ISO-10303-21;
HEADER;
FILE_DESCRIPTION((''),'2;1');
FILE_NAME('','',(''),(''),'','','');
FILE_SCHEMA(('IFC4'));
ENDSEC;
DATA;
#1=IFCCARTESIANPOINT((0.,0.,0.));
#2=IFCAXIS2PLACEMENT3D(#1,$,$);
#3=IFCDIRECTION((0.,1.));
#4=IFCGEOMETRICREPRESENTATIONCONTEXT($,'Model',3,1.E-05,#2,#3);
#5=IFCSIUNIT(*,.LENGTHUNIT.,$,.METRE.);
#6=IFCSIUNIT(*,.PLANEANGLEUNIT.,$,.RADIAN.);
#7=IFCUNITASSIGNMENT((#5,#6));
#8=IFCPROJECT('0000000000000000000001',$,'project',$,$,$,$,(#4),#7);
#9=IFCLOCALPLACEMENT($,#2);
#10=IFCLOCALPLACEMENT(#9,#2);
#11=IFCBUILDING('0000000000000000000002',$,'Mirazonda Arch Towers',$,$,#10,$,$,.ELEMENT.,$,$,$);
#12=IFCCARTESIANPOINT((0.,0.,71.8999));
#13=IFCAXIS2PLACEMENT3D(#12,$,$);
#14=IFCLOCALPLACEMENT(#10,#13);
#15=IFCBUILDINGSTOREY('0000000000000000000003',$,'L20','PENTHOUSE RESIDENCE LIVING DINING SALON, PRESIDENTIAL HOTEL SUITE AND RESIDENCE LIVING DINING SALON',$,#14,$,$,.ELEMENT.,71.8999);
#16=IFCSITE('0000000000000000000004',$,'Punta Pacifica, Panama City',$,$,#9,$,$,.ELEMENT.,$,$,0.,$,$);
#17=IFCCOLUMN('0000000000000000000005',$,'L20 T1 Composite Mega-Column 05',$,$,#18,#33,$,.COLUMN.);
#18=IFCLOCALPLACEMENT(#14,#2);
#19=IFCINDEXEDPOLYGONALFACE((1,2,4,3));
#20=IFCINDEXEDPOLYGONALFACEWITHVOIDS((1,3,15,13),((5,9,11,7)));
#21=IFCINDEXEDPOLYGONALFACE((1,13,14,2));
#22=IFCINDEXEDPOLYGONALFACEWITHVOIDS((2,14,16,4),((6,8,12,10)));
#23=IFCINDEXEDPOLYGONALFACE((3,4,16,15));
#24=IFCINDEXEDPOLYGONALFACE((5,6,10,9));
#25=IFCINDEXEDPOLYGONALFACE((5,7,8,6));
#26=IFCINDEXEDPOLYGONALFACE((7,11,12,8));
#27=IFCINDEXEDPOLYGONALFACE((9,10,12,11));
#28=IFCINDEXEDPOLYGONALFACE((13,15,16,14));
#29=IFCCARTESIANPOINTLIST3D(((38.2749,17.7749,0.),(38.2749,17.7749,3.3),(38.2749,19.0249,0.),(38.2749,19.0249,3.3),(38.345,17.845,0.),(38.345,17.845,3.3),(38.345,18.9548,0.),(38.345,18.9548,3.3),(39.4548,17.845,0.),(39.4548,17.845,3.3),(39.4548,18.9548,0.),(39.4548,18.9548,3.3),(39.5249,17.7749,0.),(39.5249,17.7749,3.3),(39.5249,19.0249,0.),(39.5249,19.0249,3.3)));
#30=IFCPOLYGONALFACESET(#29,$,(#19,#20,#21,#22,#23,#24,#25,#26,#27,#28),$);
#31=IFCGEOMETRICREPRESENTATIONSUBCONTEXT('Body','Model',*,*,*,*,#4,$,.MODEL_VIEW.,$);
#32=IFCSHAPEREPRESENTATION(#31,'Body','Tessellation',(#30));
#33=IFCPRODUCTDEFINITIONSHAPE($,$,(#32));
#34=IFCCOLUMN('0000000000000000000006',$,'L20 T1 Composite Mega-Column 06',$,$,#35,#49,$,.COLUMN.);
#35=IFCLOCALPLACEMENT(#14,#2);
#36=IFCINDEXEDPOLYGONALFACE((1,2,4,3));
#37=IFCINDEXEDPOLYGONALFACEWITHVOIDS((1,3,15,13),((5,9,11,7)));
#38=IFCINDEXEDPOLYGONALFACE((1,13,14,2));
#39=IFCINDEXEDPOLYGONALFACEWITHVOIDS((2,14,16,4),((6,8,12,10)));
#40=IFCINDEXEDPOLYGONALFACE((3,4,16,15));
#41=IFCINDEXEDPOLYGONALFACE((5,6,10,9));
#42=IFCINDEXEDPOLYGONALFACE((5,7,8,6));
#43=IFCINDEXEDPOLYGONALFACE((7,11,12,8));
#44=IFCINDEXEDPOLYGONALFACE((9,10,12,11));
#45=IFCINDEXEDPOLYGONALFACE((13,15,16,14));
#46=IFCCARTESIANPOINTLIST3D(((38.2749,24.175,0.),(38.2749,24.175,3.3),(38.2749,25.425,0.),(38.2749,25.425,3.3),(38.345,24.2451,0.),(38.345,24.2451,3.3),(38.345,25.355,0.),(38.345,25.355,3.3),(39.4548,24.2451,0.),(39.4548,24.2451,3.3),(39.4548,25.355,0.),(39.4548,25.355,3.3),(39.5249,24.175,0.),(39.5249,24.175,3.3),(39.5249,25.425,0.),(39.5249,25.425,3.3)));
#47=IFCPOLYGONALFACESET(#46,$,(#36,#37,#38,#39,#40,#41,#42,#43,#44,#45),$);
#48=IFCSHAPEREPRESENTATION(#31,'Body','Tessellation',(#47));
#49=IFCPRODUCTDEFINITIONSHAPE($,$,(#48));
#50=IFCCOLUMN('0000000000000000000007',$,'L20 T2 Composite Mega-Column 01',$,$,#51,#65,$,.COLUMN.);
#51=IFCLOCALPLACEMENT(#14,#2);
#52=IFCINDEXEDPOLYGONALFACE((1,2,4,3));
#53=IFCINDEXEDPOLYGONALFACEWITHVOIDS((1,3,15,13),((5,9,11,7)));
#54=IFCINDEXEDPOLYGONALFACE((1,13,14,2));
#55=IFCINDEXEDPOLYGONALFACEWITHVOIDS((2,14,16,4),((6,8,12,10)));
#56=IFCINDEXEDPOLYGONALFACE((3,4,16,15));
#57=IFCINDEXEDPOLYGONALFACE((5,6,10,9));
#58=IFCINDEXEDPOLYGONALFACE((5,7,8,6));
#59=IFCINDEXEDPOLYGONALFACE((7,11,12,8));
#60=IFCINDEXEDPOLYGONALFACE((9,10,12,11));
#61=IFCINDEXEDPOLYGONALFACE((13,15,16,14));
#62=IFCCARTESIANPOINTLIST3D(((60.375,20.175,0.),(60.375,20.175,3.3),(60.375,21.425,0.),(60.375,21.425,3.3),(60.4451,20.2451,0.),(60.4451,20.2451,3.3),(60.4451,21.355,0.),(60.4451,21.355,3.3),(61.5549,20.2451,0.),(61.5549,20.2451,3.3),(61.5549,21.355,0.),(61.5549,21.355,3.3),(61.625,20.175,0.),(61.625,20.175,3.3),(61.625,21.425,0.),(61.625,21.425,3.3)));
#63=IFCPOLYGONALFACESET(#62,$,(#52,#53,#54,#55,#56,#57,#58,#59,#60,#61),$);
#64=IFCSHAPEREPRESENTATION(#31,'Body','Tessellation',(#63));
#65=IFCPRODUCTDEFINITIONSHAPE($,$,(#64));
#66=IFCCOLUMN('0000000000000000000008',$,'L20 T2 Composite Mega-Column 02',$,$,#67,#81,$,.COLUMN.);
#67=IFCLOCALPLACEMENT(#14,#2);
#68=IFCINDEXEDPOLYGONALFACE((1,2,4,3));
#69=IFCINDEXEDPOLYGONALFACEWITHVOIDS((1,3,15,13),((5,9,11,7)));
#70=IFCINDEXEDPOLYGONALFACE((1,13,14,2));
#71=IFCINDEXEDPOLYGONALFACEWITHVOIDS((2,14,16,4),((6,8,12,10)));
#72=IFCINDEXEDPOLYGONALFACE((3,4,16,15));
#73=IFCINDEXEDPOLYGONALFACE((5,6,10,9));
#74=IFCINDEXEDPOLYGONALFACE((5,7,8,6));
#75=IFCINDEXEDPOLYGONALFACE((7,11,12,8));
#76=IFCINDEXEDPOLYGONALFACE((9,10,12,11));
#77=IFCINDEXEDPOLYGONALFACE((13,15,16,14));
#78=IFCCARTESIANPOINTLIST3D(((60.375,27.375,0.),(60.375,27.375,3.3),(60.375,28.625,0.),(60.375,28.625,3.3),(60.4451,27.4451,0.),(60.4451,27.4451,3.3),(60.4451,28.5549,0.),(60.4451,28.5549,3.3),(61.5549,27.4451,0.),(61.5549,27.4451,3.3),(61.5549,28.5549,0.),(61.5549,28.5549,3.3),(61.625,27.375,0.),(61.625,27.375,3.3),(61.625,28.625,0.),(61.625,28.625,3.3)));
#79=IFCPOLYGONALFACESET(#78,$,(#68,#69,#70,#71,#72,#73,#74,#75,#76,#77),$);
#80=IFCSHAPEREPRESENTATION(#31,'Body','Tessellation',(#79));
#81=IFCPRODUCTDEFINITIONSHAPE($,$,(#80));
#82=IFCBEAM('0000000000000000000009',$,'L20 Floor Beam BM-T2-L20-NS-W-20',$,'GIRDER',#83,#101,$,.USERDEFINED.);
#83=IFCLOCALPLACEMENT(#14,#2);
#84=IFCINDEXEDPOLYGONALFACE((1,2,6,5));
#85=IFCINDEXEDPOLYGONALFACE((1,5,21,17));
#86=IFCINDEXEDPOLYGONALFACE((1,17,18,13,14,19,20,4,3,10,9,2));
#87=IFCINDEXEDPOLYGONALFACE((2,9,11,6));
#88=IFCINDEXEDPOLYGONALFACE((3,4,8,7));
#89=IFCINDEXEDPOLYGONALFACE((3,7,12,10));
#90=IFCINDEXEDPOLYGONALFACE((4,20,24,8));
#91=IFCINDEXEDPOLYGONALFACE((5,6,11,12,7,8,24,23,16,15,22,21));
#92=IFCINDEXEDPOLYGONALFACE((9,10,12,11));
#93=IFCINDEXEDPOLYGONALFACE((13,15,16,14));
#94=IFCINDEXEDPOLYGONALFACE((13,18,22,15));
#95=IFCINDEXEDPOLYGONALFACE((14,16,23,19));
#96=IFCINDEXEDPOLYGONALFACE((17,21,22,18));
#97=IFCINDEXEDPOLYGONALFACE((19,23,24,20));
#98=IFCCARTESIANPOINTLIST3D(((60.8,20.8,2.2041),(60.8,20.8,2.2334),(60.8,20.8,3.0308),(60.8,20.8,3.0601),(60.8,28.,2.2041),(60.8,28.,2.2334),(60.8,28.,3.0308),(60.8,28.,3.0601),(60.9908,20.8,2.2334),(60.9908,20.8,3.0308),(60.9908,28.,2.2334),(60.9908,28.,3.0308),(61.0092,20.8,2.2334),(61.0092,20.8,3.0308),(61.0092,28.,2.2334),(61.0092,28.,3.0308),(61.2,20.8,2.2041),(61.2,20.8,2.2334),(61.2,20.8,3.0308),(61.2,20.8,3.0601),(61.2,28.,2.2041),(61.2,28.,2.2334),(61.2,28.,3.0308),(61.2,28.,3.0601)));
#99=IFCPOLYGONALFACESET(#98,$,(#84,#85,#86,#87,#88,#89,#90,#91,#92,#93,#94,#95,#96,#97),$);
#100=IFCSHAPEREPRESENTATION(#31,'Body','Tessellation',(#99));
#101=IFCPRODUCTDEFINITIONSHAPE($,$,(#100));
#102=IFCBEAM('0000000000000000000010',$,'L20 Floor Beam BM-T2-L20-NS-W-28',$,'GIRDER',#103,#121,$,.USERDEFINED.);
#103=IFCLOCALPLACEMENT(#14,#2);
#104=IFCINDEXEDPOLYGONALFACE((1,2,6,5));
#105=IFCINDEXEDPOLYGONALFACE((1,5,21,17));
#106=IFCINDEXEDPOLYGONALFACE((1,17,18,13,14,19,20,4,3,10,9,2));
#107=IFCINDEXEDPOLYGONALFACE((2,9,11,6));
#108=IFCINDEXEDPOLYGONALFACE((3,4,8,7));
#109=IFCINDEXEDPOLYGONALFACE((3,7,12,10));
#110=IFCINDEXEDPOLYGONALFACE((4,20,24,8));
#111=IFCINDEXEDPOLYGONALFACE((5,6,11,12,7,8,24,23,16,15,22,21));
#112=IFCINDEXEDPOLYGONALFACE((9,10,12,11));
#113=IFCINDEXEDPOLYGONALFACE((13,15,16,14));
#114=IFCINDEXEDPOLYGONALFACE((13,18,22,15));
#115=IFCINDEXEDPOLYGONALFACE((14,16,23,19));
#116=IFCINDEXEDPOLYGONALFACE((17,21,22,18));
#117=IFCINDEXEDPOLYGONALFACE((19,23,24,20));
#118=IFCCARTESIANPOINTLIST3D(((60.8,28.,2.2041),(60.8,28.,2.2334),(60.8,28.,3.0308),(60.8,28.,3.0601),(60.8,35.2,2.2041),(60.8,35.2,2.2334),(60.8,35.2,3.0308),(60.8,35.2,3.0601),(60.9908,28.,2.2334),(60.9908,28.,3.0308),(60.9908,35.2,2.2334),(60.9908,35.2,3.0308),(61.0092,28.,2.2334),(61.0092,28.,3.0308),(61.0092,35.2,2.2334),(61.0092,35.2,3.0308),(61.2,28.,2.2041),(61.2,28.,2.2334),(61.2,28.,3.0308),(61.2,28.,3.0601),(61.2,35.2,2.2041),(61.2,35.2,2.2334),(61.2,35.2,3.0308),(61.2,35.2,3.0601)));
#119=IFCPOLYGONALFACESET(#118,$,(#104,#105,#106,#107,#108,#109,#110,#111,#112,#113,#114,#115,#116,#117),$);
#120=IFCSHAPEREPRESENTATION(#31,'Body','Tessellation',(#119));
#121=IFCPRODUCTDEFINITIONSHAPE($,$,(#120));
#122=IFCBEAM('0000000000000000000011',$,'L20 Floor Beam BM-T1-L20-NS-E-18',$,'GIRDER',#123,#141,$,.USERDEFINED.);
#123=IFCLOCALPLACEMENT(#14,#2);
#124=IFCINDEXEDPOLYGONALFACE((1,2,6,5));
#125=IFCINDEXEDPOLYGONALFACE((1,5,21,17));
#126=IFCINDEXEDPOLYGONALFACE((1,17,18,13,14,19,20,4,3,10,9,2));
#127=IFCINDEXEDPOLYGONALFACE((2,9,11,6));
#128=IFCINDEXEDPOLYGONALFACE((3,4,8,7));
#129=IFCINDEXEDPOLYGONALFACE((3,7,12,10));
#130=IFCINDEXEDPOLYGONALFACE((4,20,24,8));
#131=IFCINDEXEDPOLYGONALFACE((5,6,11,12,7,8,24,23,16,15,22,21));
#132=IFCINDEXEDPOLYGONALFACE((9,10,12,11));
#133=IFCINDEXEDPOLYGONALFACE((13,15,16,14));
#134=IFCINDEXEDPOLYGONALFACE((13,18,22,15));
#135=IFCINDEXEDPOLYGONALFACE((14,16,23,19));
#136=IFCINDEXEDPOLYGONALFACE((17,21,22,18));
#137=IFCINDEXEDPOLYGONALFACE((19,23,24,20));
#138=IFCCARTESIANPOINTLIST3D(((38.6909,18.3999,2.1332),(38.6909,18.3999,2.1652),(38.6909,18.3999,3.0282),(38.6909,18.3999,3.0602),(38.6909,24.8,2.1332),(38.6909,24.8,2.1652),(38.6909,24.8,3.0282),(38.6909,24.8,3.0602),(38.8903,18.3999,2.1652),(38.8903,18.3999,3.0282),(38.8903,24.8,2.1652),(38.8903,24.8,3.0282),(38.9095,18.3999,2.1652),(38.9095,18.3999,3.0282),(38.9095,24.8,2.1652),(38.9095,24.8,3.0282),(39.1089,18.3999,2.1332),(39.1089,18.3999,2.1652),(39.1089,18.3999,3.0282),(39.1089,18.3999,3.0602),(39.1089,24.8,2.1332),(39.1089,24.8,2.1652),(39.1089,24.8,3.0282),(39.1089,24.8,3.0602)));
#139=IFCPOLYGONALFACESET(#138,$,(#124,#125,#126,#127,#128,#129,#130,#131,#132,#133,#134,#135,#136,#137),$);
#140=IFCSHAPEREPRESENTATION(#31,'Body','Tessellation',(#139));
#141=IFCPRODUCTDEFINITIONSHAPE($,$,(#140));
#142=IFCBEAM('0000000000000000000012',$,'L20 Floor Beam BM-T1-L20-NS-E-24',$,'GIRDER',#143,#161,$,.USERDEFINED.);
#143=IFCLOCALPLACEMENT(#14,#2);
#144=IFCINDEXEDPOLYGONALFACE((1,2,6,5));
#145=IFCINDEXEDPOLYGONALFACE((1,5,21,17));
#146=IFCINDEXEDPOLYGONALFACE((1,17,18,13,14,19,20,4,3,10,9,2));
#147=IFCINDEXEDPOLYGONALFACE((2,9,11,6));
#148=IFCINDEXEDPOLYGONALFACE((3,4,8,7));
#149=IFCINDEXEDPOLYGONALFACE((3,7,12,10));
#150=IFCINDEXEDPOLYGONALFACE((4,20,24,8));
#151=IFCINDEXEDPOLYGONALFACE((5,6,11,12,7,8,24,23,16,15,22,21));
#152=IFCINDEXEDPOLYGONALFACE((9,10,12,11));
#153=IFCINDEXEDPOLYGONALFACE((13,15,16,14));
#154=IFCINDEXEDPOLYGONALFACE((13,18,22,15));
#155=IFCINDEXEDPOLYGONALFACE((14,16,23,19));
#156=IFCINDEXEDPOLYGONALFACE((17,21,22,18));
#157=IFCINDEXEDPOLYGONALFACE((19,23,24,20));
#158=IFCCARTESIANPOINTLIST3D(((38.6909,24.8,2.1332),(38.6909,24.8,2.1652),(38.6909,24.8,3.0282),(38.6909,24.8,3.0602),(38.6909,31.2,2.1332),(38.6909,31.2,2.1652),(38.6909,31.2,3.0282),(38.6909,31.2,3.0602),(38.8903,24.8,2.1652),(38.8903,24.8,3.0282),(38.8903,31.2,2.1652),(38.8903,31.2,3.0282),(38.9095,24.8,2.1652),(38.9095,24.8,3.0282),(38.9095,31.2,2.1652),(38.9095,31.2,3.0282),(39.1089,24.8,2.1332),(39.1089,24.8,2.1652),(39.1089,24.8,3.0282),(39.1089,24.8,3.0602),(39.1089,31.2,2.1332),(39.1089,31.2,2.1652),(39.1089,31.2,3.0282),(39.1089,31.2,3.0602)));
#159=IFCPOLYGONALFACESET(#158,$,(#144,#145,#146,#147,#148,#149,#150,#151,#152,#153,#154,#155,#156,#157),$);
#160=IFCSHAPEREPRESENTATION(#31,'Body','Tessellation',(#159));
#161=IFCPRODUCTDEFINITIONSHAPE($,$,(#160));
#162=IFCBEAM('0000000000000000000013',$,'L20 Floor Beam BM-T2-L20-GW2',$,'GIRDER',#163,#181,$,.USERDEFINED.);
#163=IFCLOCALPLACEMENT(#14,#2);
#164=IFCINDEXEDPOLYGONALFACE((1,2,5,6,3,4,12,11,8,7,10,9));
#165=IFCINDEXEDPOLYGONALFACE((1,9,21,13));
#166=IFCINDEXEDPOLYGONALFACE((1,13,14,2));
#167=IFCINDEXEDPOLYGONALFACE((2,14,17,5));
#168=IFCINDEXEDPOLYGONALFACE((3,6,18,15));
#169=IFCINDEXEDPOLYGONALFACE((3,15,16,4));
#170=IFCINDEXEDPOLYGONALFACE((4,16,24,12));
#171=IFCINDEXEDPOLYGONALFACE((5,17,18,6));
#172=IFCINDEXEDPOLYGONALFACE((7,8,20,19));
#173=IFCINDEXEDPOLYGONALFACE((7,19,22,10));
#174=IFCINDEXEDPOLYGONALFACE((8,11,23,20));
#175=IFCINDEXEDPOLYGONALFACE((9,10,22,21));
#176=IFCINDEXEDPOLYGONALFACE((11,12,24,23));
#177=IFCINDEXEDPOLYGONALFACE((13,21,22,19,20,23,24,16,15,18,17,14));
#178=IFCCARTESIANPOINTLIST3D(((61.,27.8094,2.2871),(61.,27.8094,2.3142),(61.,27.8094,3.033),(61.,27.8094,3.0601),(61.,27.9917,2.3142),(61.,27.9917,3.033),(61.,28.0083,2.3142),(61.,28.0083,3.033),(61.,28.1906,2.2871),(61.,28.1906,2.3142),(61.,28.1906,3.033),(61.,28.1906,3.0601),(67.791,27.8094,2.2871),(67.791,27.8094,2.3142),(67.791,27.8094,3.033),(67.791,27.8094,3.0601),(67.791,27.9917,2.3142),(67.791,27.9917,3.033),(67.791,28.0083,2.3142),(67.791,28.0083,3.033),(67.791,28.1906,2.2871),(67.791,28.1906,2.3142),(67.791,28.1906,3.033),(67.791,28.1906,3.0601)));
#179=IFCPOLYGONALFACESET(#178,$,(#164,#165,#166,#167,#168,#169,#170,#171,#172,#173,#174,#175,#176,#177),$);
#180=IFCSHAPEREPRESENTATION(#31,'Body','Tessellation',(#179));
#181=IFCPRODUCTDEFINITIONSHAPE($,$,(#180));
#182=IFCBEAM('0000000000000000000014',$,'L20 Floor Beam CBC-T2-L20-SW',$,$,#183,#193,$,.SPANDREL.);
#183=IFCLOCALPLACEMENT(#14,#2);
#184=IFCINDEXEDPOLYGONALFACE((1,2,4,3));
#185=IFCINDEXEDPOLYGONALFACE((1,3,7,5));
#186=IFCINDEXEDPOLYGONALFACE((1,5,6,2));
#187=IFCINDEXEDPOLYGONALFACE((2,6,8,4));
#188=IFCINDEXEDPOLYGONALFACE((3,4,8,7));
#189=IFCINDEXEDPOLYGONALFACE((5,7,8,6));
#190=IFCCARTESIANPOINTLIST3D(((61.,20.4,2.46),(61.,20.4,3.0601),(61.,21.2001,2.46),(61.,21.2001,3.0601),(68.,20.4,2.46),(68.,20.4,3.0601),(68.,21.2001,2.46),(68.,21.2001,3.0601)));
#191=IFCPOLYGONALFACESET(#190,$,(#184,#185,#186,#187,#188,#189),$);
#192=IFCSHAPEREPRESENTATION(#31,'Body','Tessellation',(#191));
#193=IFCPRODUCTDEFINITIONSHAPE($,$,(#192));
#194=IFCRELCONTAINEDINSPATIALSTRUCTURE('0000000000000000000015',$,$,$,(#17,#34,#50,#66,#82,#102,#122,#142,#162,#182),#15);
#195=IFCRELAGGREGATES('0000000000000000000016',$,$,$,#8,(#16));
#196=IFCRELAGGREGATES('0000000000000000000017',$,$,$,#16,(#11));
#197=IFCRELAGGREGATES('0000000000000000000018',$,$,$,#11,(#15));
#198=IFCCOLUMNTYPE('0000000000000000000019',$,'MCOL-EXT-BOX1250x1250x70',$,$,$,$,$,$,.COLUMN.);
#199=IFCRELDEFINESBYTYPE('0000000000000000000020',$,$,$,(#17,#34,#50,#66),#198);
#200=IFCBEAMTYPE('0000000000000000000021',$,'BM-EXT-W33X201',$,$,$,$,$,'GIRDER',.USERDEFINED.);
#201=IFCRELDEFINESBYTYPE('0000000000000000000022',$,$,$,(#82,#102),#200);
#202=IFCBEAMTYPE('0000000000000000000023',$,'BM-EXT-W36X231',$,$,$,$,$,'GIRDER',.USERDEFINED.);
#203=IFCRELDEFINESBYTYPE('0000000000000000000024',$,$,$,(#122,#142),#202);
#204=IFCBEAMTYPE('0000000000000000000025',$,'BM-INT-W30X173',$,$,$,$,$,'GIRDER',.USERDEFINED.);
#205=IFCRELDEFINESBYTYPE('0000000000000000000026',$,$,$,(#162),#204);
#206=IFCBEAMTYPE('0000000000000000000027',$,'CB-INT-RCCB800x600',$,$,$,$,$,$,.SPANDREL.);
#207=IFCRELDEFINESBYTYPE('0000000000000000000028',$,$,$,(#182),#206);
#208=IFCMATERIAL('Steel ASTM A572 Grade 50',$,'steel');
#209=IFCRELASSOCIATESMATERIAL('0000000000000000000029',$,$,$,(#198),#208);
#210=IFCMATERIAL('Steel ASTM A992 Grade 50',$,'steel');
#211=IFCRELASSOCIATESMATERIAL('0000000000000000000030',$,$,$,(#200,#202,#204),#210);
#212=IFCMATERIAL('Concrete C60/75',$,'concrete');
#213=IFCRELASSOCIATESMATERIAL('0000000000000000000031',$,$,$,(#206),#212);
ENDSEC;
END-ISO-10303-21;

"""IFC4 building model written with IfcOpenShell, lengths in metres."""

from ifc_helpers import new_model, si_unit, direction, frame, origin, origin_2d, place, context, subcontext, project, spatial, rectangle, hollow_rectangle, i_section, extrude, material, material_profile, profile_set, type_object, element, save


model = new_model("IFC4")

# Units and contexts
model_context = context("Model", 3, precision=1e-05, world=origin(), true_north=direction((0.0, 1.0)))
body_context = subcontext(model_context, "Body", "Model", "MODEL_VIEW")
ifc_project = project(units=[si_unit("LENGTHUNIT", "METRE"), si_unit("PLANEANGLEUNIT", "RADIAN")], contexts=[model_context])

# Site, building, storey
site_placement = place(None, origin())
site = spatial("IfcSite", under=ifc_project, at=site_placement, Name="Punta Pacifica, Panama City", CompositionType="ELEMENT", RefElevation=0.0)
building_placement = place(site_placement, origin())
building = spatial("IfcBuilding", under=site, at=building_placement, Name="Mirazonda Arch Towers", CompositionType="ELEMENT")
storey_placement = place(building_placement, frame((0.0, 0.0, 71.8999)))
storey = spatial("IfcBuildingStorey", under=building, at=storey_placement, Name="L20", Description="PENTHOUSE RESIDENCE LIVING DINING SALON, PRESIDENTIAL HOTEL SUITE AND RESIDENCE LIVING DINING SALON", CompositionType="ELEMENT", Elevation=71.8999)

# Columns
ifc_material_1 = material(Name="Steel ASTM A572 Grade 50", Category="steel")
ifc_material_profile_1 = material_profile(ifc_material_1, hollow_rectangle(XDim=1.25, YDim=1.25, WallThickness=0.0701, at=origin_2d()), Name="BOX1250x1250x70")
ifc_profile_set_1 = profile_set([ifc_material_profile_1], Name="Steel ASTM A572 Grade 50")
column_type = type_object("IfcColumnType", Name="MCOL-EXT-BOX1250x1250x70", PredefinedType="COLUMN", material=ifc_profile_set_1)
for number, where, z_axis, x_axis, name in (
    (1, (38.8999, 18.3999, 0.0), (0.0, 0.0, 1.0), (1.0, 0.0, 0.0), "L20 T1 Composite Mega-Column 05"),
    (2, (38.8999, 24.8, 0.0), (0.0, 0.0, 1.0), (1.0, 0.0, 0.0), "L20 T1 Composite Mega-Column 06"),
    (3, (61.0, 20.8, 0.0), (0.0, 0.0, 1.0), (1.0, 0.0, 0.0), "L20 T2 Composite Mega-Column 01"),
    (4, (61.0, 28.0, 0.0), (0.0, 0.0, 1.0), (1.0, 0.0, 0.0), "L20 T2 Composite Mega-Column 02"),
):
    element("IfcColumn", number, at=place(storey_placement, frame(where, z_axis=z_axis, x_axis=x_axis)), inside=storey, type_object=column_type, Name=name, PredefinedType="COLUMN", context=body_context, shape_type="SweptSolid", body=[
        extrude(hollow_rectangle(XDim=1.25, YDim=1.25, WallThickness=0.0701, at=origin_2d()), origin(), (0.0, 0.0, 1.0), 3.3),
    ])

# Beams
ifc_material_2 = material(Name="Steel ASTM A992 Grade 50", Category="steel")
ifc_material_profile_2 = material_profile(ifc_material_2, i_section(OverallWidth=0.3999, OverallDepth=0.856, WebThickness=0.0183, FlangeThickness=0.0293, at=origin_2d()), Name="W33X201")
ifc_profile_set_2 = profile_set([ifc_material_profile_2], Name="Steel ASTM A992 Grade 50")
beam_type_1 = type_object("IfcBeamType", Name="BM-EXT-W33X201", ElementType="GIRDER", PredefinedType="USERDEFINED", material=ifc_profile_set_2)
for number, where, z_axis, x_axis, name in (
    (5, (61.0, 20.8, 2.6321), (0.0, 1.0, 0.0), (-1.0, 0.0, 0.0), "L20 Floor Beam BM-T2-L20-NS-W-20"),
    (6, (61.0, 28.0, 2.6321), (0.0, 1.0, 0.0), (-1.0, 0.0, 0.0), "L20 Floor Beam BM-T2-L20-NS-W-28"),
):
    element("IfcBeam", number, at=place(storey_placement, frame(where, z_axis=z_axis, x_axis=x_axis)), inside=storey, type_object=beam_type_1, Name=name, ObjectType="GIRDER", PredefinedType="USERDEFINED", context=body_context, shape_type="SweptSolid", body=[
        extrude(i_section(OverallWidth=0.3999, OverallDepth=0.856, WebThickness=0.0183, FlangeThickness=0.0293, at=origin_2d()), origin(), (0.0, 0.0, 1.0), 7.2),
    ])
ifc_material_profile_3 = material_profile(ifc_material_2, i_section(OverallWidth=0.418, OverallDepth=0.927, WebThickness=0.0193, FlangeThickness=0.032, at=origin_2d()), Name="W36X231")
ifc_profile_set_3 = profile_set([ifc_material_profile_3], Name="Steel ASTM A992 Grade 50")
beam_type_2 = type_object("IfcBeamType", Name="BM-EXT-W36X231", ElementType="GIRDER", PredefinedType="USERDEFINED", material=ifc_profile_set_3)
beam_1_placement = place(storey_placement, frame((38.8999, 18.3999, 2.5967), z_axis=(0.0, 1.0, 0.0), x_axis=(-1.0, 0.0, 0.0)))
element("IfcBeam", 7, at=beam_1_placement, inside=storey, type_object=beam_type_2, Name="L20 Floor Beam BM-T1-L20-NS-E-18", ObjectType="GIRDER", PredefinedType="USERDEFINED", context=body_context, shape_type="SweptSolid", body=[
    extrude(i_section(OverallWidth=0.418, OverallDepth=0.927, WebThickness=0.0193, FlangeThickness=0.032, at=origin_2d()), origin(), (0.0, 0.0, 1.0), 6.4001),
])
beam_2_placement = place(storey_placement, frame((38.8999, 24.8, 2.5967), z_axis=(0.0, 1.0, 0.0), x_axis=(-1.0, 0.0, 0.0)))
element("IfcBeam", 8, at=beam_2_placement, inside=storey, type_object=beam_type_2, Name="L20 Floor Beam BM-T1-L20-NS-E-24", ObjectType="GIRDER", PredefinedType="USERDEFINED", context=body_context, shape_type="SweptSolid", body=[
    extrude(i_section(OverallWidth=0.418, OverallDepth=0.927, WebThickness=0.0193, FlangeThickness=0.032, at=origin_2d()), origin(), (0.0, 0.0, 1.0), 6.3999),
])
ifc_material_profile_4 = material_profile(ifc_material_2, i_section(OverallWidth=0.3811, OverallDepth=0.7729, WebThickness=0.0166, FlangeThickness=0.0271, at=origin_2d()), Name="W30X173")
ifc_profile_set_4 = profile_set([ifc_material_profile_4], Name="Steel ASTM A992 Grade 50")
beam_type_3 = type_object("IfcBeamType", Name="BM-INT-W30X173", ElementType="GIRDER", PredefinedType="USERDEFINED", material=ifc_profile_set_4)
beam_3_placement = place(storey_placement, frame((61.0, 28.0, 2.6736), z_axis=(1.0, 0.0, 0.0), x_axis=(0.0, 1.0, 0.0)))
element("IfcBeam", 9, at=beam_3_placement, inside=storey, type_object=beam_type_3, Name="L20 Floor Beam BM-T2-L20-GW2", ObjectType="GIRDER", PredefinedType="USERDEFINED", context=body_context, shape_type="SweptSolid", body=[
    extrude(i_section(OverallWidth=0.3811, OverallDepth=0.7729, WebThickness=0.0166, FlangeThickness=0.0271, at=origin_2d()), origin(), (0.0, 0.0, 1.0), 6.791),
])
ifc_material_3 = material(Name="Concrete C60/75", Category="concrete")
ifc_material_profile_5 = material_profile(ifc_material_3, rectangle(XDim=0.8, YDim=0.6001, at=origin_2d()), Name="RCCB800x600")
ifc_profile_set_5 = profile_set([ifc_material_profile_5], Name="Concrete C60/75")
beam_type_4 = type_object("IfcBeamType", Name="CB-INT-RCCB800x600", PredefinedType="SPANDREL", material=ifc_profile_set_5)
beam_4_placement = place(storey_placement, frame((61.0, 20.8, 2.76), z_axis=(1.0, 0.0, 0.0), x_axis=(0.0, 1.0, 0.0)))
element("IfcBeam", 10, at=beam_4_placement, inside=storey, type_object=beam_type_4, Name="L20 Floor Beam CBC-T2-L20-SW", PredefinedType="SPANDREL", context=body_context, shape_type="SweptSolid", body=[
    extrude(rectangle(XDim=0.8, YDim=0.6001, at=origin_2d()), origin(), (0.0, 0.0, 1.0), 7.0),
])

save(model, "model.ifc")
